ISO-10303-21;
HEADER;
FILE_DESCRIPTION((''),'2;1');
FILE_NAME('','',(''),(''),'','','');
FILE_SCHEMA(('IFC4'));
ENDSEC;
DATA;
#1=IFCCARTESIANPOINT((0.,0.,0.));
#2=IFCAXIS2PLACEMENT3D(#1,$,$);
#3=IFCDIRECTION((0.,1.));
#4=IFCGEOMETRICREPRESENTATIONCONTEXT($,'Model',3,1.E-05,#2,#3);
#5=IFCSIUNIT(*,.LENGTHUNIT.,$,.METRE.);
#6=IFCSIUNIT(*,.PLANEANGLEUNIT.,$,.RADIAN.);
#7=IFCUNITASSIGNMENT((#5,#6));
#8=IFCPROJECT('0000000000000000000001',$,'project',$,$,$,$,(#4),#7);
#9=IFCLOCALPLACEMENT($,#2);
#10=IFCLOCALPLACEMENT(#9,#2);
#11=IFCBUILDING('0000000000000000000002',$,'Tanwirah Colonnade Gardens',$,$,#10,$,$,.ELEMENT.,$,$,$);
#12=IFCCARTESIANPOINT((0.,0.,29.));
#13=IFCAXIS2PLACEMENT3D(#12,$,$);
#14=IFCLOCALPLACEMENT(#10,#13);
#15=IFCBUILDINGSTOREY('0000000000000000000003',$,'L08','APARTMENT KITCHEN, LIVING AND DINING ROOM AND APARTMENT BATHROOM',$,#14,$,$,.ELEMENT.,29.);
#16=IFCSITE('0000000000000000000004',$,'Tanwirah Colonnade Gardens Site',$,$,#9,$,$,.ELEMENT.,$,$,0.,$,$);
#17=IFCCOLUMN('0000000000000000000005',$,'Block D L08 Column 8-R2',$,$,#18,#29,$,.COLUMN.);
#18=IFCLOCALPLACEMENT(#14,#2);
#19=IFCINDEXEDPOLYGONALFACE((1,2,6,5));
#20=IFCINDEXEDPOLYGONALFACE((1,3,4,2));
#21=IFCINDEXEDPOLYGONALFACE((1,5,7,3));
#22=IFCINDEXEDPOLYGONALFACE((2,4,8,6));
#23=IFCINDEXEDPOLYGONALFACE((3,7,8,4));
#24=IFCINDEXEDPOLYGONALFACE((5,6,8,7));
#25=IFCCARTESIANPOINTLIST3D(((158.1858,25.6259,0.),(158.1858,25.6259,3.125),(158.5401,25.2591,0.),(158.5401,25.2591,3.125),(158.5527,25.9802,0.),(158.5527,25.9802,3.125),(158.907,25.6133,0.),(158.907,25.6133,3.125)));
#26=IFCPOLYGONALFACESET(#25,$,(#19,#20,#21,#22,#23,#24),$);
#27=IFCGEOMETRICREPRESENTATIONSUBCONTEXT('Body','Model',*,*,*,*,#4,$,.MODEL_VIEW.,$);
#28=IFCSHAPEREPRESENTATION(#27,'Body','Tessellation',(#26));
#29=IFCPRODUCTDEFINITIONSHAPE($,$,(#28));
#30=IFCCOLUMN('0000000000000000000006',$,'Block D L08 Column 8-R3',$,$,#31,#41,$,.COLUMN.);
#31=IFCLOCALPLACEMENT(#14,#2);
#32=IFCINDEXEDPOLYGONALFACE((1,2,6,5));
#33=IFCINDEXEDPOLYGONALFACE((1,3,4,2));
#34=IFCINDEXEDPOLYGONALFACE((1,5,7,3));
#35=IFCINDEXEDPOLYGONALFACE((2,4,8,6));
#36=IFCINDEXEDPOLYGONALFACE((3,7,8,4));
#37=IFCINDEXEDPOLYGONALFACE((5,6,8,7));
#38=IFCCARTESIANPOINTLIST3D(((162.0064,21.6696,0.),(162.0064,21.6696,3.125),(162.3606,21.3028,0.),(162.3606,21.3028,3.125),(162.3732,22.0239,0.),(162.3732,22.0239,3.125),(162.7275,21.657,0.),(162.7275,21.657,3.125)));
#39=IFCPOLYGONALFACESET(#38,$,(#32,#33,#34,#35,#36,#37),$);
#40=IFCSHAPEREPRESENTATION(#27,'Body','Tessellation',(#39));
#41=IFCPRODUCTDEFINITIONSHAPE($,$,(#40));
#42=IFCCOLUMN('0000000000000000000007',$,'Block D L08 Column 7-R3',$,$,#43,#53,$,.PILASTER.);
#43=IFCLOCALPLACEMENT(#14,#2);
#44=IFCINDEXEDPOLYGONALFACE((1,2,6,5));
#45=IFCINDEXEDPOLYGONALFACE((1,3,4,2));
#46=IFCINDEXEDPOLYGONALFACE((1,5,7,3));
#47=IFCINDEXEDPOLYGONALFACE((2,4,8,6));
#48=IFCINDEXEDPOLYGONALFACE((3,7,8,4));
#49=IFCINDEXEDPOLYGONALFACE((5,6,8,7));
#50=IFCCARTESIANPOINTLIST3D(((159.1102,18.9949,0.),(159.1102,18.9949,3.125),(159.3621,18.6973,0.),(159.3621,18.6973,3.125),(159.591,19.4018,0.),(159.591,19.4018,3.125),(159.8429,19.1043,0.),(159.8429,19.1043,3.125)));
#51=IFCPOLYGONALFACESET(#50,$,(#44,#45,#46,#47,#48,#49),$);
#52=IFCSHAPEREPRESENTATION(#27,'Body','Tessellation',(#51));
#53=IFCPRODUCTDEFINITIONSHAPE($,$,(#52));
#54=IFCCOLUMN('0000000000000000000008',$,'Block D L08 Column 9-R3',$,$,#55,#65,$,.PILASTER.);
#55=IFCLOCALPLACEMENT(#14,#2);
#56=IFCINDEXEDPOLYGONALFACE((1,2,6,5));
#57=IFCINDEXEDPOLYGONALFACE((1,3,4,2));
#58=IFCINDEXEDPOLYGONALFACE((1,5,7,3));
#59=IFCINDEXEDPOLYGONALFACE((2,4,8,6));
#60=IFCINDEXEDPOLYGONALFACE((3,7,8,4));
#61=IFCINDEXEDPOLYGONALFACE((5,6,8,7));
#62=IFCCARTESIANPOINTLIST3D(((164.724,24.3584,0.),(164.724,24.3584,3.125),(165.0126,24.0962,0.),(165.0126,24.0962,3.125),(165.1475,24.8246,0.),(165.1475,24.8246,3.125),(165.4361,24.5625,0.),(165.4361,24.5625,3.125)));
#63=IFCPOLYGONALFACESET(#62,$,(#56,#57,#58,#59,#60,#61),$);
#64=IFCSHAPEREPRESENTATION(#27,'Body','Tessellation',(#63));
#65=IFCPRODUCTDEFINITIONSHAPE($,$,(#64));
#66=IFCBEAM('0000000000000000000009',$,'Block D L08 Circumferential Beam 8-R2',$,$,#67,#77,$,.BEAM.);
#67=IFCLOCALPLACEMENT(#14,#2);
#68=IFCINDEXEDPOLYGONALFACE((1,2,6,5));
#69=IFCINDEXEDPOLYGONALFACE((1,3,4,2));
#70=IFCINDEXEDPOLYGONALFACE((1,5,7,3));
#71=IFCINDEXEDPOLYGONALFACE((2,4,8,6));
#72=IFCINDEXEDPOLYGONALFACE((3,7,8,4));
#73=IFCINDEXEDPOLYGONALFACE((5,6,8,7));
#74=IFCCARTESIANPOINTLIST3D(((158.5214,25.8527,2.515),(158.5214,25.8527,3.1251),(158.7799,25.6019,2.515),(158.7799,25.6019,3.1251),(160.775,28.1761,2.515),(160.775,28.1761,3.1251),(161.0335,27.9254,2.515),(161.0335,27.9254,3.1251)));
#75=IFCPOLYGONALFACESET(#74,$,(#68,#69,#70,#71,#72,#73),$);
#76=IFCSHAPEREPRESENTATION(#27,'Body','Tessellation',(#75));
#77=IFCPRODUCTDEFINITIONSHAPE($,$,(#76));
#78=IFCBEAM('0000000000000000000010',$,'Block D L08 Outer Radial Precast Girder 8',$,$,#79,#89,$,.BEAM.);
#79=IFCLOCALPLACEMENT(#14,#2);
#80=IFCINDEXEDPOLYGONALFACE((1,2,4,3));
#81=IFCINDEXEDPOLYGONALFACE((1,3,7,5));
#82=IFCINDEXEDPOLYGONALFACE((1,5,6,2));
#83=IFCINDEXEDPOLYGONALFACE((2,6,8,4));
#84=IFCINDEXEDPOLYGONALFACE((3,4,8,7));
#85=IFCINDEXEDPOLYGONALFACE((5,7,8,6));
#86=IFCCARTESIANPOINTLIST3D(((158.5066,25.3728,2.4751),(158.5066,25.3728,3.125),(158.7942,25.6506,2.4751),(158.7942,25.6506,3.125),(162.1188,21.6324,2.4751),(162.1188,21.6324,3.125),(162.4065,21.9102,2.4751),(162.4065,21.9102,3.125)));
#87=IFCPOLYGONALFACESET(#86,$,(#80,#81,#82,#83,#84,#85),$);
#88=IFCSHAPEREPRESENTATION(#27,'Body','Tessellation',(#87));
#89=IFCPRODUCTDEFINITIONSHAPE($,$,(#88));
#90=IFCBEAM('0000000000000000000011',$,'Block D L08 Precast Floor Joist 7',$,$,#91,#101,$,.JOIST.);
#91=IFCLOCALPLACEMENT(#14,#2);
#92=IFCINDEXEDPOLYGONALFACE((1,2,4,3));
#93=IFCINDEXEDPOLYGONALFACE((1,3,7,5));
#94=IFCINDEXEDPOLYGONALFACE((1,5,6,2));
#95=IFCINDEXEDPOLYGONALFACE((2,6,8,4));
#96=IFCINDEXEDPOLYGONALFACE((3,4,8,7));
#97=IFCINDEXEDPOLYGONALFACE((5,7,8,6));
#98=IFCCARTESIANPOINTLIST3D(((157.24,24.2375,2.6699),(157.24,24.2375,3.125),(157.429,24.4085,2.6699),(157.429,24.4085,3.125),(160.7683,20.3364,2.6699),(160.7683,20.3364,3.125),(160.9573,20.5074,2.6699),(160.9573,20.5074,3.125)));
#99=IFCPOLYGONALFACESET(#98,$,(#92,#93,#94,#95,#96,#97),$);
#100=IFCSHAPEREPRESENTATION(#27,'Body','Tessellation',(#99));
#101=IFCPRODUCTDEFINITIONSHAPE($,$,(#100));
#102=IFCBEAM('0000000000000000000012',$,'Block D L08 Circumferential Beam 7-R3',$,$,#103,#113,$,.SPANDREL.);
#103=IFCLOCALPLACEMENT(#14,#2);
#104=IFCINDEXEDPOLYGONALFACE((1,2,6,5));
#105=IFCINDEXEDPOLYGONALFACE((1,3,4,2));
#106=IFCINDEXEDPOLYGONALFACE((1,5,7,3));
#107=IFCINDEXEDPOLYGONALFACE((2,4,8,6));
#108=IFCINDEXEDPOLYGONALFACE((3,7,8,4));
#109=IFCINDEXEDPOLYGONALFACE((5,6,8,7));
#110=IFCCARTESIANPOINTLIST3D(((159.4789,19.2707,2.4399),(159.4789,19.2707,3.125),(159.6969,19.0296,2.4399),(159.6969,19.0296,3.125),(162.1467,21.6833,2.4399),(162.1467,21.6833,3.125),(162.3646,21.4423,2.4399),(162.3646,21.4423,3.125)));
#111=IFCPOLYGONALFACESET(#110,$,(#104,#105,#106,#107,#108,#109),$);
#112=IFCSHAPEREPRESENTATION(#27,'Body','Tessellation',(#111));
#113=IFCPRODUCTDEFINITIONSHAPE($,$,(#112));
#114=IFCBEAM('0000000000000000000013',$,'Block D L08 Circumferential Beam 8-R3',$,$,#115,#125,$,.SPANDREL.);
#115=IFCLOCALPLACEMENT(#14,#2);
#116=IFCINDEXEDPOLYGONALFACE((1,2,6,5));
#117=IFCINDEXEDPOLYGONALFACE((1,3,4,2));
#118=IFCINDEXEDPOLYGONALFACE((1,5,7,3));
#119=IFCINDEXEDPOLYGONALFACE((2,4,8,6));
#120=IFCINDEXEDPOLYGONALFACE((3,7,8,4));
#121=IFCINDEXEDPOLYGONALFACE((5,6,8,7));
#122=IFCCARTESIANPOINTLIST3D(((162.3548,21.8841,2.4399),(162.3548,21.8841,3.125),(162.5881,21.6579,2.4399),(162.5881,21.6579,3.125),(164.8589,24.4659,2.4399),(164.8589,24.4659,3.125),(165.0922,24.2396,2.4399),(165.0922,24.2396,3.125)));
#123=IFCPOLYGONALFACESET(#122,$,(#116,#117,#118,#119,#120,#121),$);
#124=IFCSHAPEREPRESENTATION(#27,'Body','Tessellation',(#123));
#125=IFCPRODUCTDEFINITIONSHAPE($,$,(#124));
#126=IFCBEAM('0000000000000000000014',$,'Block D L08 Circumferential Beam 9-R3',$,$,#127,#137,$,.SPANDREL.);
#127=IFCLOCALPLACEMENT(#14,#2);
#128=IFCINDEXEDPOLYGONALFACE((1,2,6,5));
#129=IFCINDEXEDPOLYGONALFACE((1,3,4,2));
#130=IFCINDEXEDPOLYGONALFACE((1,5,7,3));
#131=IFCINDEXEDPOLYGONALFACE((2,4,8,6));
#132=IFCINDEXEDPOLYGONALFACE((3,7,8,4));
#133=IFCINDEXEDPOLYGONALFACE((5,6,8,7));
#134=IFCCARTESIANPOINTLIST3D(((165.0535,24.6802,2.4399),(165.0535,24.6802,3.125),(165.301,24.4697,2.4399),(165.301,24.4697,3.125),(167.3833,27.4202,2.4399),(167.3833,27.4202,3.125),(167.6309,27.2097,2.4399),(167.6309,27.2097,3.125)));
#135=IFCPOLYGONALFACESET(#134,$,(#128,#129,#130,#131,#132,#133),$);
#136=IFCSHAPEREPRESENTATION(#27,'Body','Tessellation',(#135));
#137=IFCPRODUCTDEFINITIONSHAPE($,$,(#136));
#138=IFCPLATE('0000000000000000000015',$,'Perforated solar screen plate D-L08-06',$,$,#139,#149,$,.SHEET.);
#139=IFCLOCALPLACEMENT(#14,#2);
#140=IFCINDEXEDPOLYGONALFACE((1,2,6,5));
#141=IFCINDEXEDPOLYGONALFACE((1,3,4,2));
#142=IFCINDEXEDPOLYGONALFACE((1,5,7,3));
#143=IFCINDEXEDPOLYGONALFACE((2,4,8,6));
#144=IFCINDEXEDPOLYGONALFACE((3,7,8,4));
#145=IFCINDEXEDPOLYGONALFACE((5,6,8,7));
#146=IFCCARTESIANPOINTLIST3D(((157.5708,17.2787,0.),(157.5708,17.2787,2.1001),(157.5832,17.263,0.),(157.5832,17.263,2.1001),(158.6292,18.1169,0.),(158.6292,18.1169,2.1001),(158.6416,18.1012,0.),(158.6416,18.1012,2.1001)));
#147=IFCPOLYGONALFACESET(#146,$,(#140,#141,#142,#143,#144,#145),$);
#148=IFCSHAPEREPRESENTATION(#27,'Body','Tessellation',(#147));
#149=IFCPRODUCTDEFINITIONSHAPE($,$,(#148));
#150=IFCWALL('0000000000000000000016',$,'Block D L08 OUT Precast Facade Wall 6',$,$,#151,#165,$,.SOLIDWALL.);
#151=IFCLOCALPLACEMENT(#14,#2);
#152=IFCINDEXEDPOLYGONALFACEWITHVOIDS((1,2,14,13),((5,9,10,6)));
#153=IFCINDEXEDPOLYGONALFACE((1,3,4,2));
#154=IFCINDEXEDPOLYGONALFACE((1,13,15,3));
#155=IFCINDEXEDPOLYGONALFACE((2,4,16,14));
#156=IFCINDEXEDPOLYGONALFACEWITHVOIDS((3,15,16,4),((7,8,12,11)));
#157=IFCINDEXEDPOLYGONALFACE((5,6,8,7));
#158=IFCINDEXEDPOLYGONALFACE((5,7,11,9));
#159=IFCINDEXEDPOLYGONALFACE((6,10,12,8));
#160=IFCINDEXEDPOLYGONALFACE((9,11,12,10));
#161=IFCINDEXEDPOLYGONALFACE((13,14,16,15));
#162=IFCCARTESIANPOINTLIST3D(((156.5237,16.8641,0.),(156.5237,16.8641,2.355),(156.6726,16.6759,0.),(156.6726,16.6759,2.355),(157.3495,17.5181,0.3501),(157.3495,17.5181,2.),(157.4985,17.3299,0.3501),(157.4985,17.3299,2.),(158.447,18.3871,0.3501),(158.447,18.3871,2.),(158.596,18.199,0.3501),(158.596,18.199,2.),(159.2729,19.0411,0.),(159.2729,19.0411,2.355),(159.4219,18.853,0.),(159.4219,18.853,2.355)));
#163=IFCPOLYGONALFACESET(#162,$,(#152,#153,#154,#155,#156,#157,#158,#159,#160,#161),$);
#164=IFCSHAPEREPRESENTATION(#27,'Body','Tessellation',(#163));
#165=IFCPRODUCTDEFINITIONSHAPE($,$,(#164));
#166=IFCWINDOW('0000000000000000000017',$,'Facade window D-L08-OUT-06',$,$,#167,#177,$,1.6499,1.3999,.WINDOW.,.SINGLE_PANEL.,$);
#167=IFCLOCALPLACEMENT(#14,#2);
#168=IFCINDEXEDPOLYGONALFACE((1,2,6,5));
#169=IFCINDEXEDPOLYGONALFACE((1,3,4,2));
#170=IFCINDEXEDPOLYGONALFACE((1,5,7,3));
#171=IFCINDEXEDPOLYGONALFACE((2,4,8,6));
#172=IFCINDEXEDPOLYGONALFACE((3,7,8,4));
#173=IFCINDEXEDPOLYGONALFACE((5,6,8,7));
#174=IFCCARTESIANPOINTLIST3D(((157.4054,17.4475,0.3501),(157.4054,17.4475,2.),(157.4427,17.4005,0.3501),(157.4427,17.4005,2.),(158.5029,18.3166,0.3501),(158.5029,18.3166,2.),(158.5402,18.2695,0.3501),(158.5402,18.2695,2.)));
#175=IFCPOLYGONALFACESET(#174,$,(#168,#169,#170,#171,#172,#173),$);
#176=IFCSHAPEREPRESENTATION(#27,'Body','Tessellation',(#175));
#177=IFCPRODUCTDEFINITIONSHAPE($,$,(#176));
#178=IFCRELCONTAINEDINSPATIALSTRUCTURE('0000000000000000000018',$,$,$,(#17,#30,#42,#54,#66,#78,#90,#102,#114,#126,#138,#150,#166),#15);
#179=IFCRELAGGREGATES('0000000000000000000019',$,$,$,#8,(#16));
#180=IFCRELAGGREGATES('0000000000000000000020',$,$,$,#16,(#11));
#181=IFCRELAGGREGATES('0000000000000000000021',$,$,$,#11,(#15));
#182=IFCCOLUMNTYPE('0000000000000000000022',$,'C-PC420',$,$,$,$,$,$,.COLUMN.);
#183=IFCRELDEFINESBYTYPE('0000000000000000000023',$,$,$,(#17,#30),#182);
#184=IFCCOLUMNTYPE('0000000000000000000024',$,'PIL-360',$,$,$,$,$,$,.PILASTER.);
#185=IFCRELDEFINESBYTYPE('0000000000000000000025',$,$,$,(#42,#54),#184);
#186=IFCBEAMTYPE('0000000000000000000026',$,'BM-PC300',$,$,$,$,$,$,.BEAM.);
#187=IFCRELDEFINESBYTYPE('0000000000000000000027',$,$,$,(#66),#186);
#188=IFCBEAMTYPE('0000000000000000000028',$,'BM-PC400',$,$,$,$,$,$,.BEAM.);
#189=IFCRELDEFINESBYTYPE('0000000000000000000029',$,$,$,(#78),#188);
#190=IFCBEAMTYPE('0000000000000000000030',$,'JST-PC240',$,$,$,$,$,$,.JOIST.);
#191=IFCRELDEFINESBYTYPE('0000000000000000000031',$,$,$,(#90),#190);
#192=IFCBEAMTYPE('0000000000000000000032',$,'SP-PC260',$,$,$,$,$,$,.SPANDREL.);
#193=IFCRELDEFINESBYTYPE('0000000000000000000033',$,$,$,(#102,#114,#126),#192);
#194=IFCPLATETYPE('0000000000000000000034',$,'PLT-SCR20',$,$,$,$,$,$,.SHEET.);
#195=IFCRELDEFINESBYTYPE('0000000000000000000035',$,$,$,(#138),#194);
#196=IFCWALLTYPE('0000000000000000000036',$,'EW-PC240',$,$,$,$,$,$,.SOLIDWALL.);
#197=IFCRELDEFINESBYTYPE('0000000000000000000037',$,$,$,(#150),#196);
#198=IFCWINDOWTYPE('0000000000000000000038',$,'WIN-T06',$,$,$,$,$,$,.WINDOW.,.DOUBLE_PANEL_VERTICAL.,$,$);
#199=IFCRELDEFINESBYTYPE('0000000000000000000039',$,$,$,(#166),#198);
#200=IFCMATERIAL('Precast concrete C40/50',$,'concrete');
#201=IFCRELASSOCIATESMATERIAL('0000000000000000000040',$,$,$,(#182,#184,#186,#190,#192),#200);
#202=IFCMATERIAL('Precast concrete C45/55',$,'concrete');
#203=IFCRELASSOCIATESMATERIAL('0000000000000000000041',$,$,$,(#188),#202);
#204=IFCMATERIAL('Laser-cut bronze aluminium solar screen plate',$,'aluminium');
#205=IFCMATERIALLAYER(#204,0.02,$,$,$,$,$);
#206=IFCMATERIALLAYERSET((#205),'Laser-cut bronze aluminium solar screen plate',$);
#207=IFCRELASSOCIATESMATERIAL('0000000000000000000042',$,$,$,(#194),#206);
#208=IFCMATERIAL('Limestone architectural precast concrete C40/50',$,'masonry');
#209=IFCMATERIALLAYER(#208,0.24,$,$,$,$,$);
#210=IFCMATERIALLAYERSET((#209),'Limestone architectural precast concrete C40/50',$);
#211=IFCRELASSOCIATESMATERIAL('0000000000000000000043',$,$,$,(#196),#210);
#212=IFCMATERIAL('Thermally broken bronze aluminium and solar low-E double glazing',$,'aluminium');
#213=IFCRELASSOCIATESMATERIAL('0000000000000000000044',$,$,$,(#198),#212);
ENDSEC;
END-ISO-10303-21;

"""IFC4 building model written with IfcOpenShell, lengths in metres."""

from ifc_helpers import new_model, si_unit, direction, frame, frame_2d, origin, origin_2d, place, context, subcontext, project, spatial, rectangle, extrude, material, layer, layer_set, material_profile, profile_set, type_object, element, fill, save


model = new_model("IFC4")

# Units and contexts
model_context = context("Model", 3, precision=1e-05, world=origin(), true_north=direction((0.0, 1.0)))
body_context = subcontext(model_context, "Body", "Model", "MODEL_VIEW")
ifc_project = project(units=[si_unit("LENGTHUNIT", "METRE"), si_unit("PLANEANGLEUNIT", "RADIAN")], contexts=[model_context])

# Site, building, storey
site_placement = place(None, origin())
site = spatial("IfcSite", under=ifc_project, at=site_placement, Name="Tanwirah Colonnade Gardens Site", CompositionType="ELEMENT", RefElevation=0.0)
building_placement = place(site_placement, origin())
building = spatial("IfcBuilding", under=site, at=building_placement, Name="Tanwirah Colonnade Gardens", CompositionType="ELEMENT")
storey_placement = place(building_placement, frame((0.0, 0.0, 29.0)))
storey = spatial("IfcBuildingStorey", under=building, at=storey_placement, Name="L08", Description="APARTMENT KITCHEN, LIVING AND DINING ROOM AND APARTMENT BATHROOM", CompositionType="ELEMENT", Elevation=29.0)

# Columns
ifc_material_1 = material(Name="Precast concrete C40/50", Category="concrete")
ifc_material_profile_1 = material_profile(ifc_material_1, rectangle(XDim=0.51, YDim=0.51, at=origin_2d()), Name="PC-COL 510x510")
ifc_profile_set_1 = profile_set([ifc_material_profile_1], Name="Precast concrete C40/50")
column_type_1 = type_object("IfcColumnType", Name="C-PC420", PredefinedType="COLUMN", material=ifc_profile_set_1)
for number, where, z_axis, x_axis, name in (
    (1, (158.5464, 25.6196, 0.0), (0.0, 0.0, 1.0), (0.694658, -0.71934, 0.0), "Block D L08 Column 8-R2"),
    (2, (162.3669, 21.6633, 0.0), (0.0, 0.0, 1.0), (0.694658, -0.71934, 0.0), "Block D L08 Column 8-R3"),
):
    element("IfcColumn", number, at=place(storey_placement, frame(where, z_axis=z_axis, x_axis=x_axis)), inside=storey, type_object=column_type_1, Name=name, PredefinedType="COLUMN", context=body_context, shape_type="SweptSolid", body=[
        extrude(rectangle(XDim=0.51, YDim=0.51, at=origin_2d()), origin(), (0.0, 0.0, 1.0), 3.125),
    ])
ifc_material_profile_2 = material_profile(ifc_material_1, rectangle(XDim=0.3899, YDim=0.6299, at=origin_2d()), Name="PC-PIL 390x630")
ifc_profile_set_2 = profile_set([ifc_material_profile_2], Name="Precast concrete C40/50")
column_type_2 = type_object("IfcColumnType", Name="PIL-360", PredefinedType="PILASTER", material=ifc_profile_set_2)
for number, where, z_axis, x_axis, name in (
    (3, (159.4766, 19.0496, 0.0), (0.0, 0.0, 1.0), (0.646124, -0.763232, 0.0), "Block D L08 Column 7-R3"),
    (4, (165.0801, 24.4604, 0.0), (0.0, 0.0, 1.0), (0.740218, -0.672367, 0.0), "Block D L08 Column 9-R3"),
):
    element("IfcColumn", number, at=place(storey_placement, frame(where, z_axis=z_axis, x_axis=x_axis)), inside=storey, type_object=column_type_2, Name=name, PredefinedType="PILASTER", context=body_context, shape_type="SweptSolid", body=[
        extrude(rectangle(XDim=0.3899, YDim=0.6299, at=origin_2d()), origin(), (0.0, 0.0, 1.0), 3.125),
    ])

# Beams
ifc_material_profile_3 = material_profile(ifc_material_1, rectangle(XDim=0.3601, YDim=0.6101, at=origin_2d()), Name="PC-BM 360x610")
ifc_profile_set_3 = profile_set([ifc_material_profile_3], Name="Precast concrete C40/50")
beam_type_1 = type_object("IfcBeamType", Name="BM-PC300", PredefinedType="BEAM", material=ifc_profile_set_3)
beam_1_placement = place(storey_placement, frame((158.6506, 25.7273, 2.8201), z_axis=(0.696239, 0.71781, 0.0), x_axis=(-0.71781, 0.696239, 0.0)))
element("IfcBeam", 5, at=beam_1_placement, inside=storey, type_object=beam_type_1, Name="Block D L08 Circumferential Beam 8-R2", PredefinedType="BEAM", context=body_context, shape_type="SweptSolid", body=[
    extrude(rectangle(XDim=0.3601, YDim=0.6101, at=origin_2d()), origin(), (0.0, 0.0, 1.0), 3.2368),
])
ifc_material_2 = material(Name="Precast concrete C45/55", Category="concrete")
ifc_material_profile_4 = material_profile(ifc_material_2, rectangle(XDim=0.3999, YDim=0.6499, at=origin_2d()), Name="PC-BM 400x650")
ifc_profile_set_4 = profile_set([ifc_material_profile_4], Name="Precast concrete C45/55")
beam_type_2 = type_object("IfcBeamType", Name="BM-PC400", PredefinedType="BEAM", material=ifc_profile_set_4)
beam_2_placement = place(storey_placement, frame((158.6504, 25.5117, 2.8), z_axis=(0.694675, -0.719324, 0.0), x_axis=(0.719324, 0.694675, 0.0)))
element("IfcBeam", 6, at=beam_2_placement, inside=storey, type_object=beam_type_2, Name="Block D L08 Outer Radial Precast Girder 8", PredefinedType="BEAM", context=body_context, shape_type="SweptSolid", body=[
    extrude(rectangle(XDim=0.3999, YDim=0.6499, at=origin_2d()), origin(), (0.0, 0.0, 1.0), 5.2),
])
ifc_material_profile_5 = material_profile(ifc_material_1, rectangle(XDim=0.2549, YDim=0.4551, at=origin_2d()), Name="PC-JST 255x455")
ifc_profile_set_5 = profile_set([ifc_material_profile_5], Name="Precast concrete C40/50")
beam_type_3 = type_object("IfcBeamType", Name="JST-PC240", PredefinedType="JOIST", material=ifc_profile_set_5)
beam_3_placement = place(storey_placement, frame((157.3345, 24.323, 2.8975), z_axis=(0.670781, -0.741656, 0.0), x_axis=(0.741656, 0.670781, 0.0)))
element("IfcBeam", 7, at=beam_3_placement, inside=storey, type_object=beam_type_3, Name="Block D L08 Precast Floor Joist 7", PredefinedType="JOIST", context=body_context, shape_type="SweptSolid", body=[
    extrude(rectangle(XDim=0.2549, YDim=0.4551, at=origin_2d()), origin(), (0.0, 0.0, 1.0), 5.26),
])
ifc_material_profile_6 = material_profile(ifc_material_1, rectangle(XDim=0.325, YDim=0.6851, at=origin_2d()), Name="PC-SP 325x685")
ifc_profile_set_6 = profile_set([ifc_material_profile_6], Name="Precast concrete C40/50")
beam_type_4 = type_object("IfcBeamType", Name="SP-PC260", PredefinedType="SPANDREL", material=ifc_profile_set_6)
beam_4_placement = place(storey_placement, frame((159.5879, 19.1501, 2.7825), z_axis=(0.741682, 0.670752, 0.0), x_axis=(-0.670752, 0.741682, 0.0)))
element("IfcBeam", 8, at=beam_4_placement, inside=storey, type_object=beam_type_4, Name="Block D L08 Circumferential Beam 7-R3", PredefinedType="SPANDREL", context=body_context, shape_type="SweptSolid", body=[
    extrude(rectangle(XDim=0.325, YDim=0.6851, at=origin_2d()), origin(), (0.0, 0.0, 1.0), 3.5969),
])
for number, where, z_axis, x_axis, name in (
    (9, (162.4714, 21.771, 2.7825), (0.696232, 0.717817, 0.0), (-0.717817, 0.696232, 0.0), "Block D L08 Circumferential Beam 8-R3"),
    (10, (165.1772, 24.575, 2.7825), (0.647784, 0.761824, 0.0), (-0.761824, 0.647784, 0.0), "Block D L08 Circumferential Beam 9-R3"),
):
    element("IfcBeam", number, at=place(storey_placement, frame(where, z_axis=z_axis, x_axis=x_axis)), inside=storey, type_object=beam_type_4, Name=name, PredefinedType="SPANDREL", context=body_context, shape_type="SweptSolid", body=[
        extrude(rectangle(XDim=0.325, YDim=0.6851, at=origin_2d()), origin(), (0.0, 0.0, 1.0), 3.5967),
    ])

# Plate
ifc_material_3 = material(Name="Laser-cut bronze aluminium solar screen plate", Category="aluminium")
ifc_layer_1 = layer(ifc_material_3, 0.02)
ifc_layer_set_1 = layer_set([ifc_layer_1], Name="Laser-cut bronze aluminium solar screen plate")
plate_type = type_object("IfcPlateType", Name="PLT-SCR20", PredefinedType="SHEET", material=ifc_layer_set_1)
plate_placement = place(storey_placement, frame((158.1062, 17.6899, 0.0), z_axis=(0.0, 0.0, 1.0), x_axis=(0.783966, 0.620804, 0.0)))
element("IfcPlate", 11, at=plate_placement, inside=storey, type_object=plate_type, Name="Perforated solar screen plate D-L08-06", PredefinedType="SHEET", context=body_context, shape_type="SweptSolid", body=[
    extrude(rectangle(XDim=1.3501, YDim=0.02, at=origin_2d()), origin(), (0.0, 0.0, 1.0), 2.1001),
])

# Wall, opening, window
ifc_material_4 = material(Name="Limestone architectural precast concrete C40/50", Category="masonry")
ifc_layer_2 = layer(ifc_material_4, 0.24)
ifc_layer_set_2 = layer_set([ifc_layer_2], Name="Limestone architectural precast concrete C40/50")
wall_type_1 = type_object("IfcWallType", Name="EW-PC240", PredefinedType="SOLIDWALL", material=ifc_layer_set_2)
wall_1_placement = place(storey_placement, frame((156.5981, 16.77, 0.0), z_axis=(0.0, 0.0, 1.0), x_axis=(0.783977, 0.62079, 0.0)))
wall_1 = element("IfcWall", 12, at=wall_1_placement, inside=storey, type_object=wall_type_1, Name="Block D L08 OUT Precast Facade Wall 6", PredefinedType="SOLIDWALL", context=body_context, shape_type="SweptSolid", body=[
    extrude(rectangle(XDim=3.5068, YDim=0.24, at=frame_2d((1.7534, 0.0))), origin(), (0.0, 0.0, 1.0), 2.355),
])
opening_1_placement = place(wall_1_placement, frame((1.0535, 0.0, 0.3501)))
opening_1 = element("IfcOpeningElement", 13, at=opening_1_placement, cuts=wall_1, PredefinedType="OPENING", context=body_context, shape_type="SweptSolid", body=[
    extrude(rectangle(XDim=1.3999, YDim=1.6499, at=frame_2d((0.7, 0.825))), frame((0.0, 0.1299, 0.0), z_axis=(0.0, -1.0, 0.0), x_axis=(1.0, 0.0, 0.0)), (0.0, 0.0, 1.0), 0.26),
])
ifc_material_5 = material(Name="Thermally broken bronze aluminium and solar low-E double glazing", Category="aluminium")
window_type_1 = type_object("IfcWindowType", Name="WIN-T06", PartitioningType="DOUBLE_PANEL_VERTICAL", PredefinedType="WINDOW", material=ifc_material_5)
window_1_placement = place(opening_1_placement, origin())
window_1 = element("IfcWindow", 14, at=window_1_placement, inside=storey, type_object=window_type_1, Name="Facade window D-L08-OUT-06", OverallHeight=1.6499, OverallWidth=1.3999, PartitioningType="SINGLE_PANEL", PredefinedType="WINDOW", context=body_context, shape_type="SweptSolid", body=[
    extrude(rectangle(XDim=1.3999, YDim=1.6499, at=frame_2d((0.7, 0.825))), frame((0.0, 0.03, 0.0), z_axis=(0.0, -1.0, 0.0), x_axis=(1.0, 0.0, 0.0)), (0.0, 0.0, 1.0), 0.0601),
])
fill(opening_1, window_1)

save(model, "model.ifc")
